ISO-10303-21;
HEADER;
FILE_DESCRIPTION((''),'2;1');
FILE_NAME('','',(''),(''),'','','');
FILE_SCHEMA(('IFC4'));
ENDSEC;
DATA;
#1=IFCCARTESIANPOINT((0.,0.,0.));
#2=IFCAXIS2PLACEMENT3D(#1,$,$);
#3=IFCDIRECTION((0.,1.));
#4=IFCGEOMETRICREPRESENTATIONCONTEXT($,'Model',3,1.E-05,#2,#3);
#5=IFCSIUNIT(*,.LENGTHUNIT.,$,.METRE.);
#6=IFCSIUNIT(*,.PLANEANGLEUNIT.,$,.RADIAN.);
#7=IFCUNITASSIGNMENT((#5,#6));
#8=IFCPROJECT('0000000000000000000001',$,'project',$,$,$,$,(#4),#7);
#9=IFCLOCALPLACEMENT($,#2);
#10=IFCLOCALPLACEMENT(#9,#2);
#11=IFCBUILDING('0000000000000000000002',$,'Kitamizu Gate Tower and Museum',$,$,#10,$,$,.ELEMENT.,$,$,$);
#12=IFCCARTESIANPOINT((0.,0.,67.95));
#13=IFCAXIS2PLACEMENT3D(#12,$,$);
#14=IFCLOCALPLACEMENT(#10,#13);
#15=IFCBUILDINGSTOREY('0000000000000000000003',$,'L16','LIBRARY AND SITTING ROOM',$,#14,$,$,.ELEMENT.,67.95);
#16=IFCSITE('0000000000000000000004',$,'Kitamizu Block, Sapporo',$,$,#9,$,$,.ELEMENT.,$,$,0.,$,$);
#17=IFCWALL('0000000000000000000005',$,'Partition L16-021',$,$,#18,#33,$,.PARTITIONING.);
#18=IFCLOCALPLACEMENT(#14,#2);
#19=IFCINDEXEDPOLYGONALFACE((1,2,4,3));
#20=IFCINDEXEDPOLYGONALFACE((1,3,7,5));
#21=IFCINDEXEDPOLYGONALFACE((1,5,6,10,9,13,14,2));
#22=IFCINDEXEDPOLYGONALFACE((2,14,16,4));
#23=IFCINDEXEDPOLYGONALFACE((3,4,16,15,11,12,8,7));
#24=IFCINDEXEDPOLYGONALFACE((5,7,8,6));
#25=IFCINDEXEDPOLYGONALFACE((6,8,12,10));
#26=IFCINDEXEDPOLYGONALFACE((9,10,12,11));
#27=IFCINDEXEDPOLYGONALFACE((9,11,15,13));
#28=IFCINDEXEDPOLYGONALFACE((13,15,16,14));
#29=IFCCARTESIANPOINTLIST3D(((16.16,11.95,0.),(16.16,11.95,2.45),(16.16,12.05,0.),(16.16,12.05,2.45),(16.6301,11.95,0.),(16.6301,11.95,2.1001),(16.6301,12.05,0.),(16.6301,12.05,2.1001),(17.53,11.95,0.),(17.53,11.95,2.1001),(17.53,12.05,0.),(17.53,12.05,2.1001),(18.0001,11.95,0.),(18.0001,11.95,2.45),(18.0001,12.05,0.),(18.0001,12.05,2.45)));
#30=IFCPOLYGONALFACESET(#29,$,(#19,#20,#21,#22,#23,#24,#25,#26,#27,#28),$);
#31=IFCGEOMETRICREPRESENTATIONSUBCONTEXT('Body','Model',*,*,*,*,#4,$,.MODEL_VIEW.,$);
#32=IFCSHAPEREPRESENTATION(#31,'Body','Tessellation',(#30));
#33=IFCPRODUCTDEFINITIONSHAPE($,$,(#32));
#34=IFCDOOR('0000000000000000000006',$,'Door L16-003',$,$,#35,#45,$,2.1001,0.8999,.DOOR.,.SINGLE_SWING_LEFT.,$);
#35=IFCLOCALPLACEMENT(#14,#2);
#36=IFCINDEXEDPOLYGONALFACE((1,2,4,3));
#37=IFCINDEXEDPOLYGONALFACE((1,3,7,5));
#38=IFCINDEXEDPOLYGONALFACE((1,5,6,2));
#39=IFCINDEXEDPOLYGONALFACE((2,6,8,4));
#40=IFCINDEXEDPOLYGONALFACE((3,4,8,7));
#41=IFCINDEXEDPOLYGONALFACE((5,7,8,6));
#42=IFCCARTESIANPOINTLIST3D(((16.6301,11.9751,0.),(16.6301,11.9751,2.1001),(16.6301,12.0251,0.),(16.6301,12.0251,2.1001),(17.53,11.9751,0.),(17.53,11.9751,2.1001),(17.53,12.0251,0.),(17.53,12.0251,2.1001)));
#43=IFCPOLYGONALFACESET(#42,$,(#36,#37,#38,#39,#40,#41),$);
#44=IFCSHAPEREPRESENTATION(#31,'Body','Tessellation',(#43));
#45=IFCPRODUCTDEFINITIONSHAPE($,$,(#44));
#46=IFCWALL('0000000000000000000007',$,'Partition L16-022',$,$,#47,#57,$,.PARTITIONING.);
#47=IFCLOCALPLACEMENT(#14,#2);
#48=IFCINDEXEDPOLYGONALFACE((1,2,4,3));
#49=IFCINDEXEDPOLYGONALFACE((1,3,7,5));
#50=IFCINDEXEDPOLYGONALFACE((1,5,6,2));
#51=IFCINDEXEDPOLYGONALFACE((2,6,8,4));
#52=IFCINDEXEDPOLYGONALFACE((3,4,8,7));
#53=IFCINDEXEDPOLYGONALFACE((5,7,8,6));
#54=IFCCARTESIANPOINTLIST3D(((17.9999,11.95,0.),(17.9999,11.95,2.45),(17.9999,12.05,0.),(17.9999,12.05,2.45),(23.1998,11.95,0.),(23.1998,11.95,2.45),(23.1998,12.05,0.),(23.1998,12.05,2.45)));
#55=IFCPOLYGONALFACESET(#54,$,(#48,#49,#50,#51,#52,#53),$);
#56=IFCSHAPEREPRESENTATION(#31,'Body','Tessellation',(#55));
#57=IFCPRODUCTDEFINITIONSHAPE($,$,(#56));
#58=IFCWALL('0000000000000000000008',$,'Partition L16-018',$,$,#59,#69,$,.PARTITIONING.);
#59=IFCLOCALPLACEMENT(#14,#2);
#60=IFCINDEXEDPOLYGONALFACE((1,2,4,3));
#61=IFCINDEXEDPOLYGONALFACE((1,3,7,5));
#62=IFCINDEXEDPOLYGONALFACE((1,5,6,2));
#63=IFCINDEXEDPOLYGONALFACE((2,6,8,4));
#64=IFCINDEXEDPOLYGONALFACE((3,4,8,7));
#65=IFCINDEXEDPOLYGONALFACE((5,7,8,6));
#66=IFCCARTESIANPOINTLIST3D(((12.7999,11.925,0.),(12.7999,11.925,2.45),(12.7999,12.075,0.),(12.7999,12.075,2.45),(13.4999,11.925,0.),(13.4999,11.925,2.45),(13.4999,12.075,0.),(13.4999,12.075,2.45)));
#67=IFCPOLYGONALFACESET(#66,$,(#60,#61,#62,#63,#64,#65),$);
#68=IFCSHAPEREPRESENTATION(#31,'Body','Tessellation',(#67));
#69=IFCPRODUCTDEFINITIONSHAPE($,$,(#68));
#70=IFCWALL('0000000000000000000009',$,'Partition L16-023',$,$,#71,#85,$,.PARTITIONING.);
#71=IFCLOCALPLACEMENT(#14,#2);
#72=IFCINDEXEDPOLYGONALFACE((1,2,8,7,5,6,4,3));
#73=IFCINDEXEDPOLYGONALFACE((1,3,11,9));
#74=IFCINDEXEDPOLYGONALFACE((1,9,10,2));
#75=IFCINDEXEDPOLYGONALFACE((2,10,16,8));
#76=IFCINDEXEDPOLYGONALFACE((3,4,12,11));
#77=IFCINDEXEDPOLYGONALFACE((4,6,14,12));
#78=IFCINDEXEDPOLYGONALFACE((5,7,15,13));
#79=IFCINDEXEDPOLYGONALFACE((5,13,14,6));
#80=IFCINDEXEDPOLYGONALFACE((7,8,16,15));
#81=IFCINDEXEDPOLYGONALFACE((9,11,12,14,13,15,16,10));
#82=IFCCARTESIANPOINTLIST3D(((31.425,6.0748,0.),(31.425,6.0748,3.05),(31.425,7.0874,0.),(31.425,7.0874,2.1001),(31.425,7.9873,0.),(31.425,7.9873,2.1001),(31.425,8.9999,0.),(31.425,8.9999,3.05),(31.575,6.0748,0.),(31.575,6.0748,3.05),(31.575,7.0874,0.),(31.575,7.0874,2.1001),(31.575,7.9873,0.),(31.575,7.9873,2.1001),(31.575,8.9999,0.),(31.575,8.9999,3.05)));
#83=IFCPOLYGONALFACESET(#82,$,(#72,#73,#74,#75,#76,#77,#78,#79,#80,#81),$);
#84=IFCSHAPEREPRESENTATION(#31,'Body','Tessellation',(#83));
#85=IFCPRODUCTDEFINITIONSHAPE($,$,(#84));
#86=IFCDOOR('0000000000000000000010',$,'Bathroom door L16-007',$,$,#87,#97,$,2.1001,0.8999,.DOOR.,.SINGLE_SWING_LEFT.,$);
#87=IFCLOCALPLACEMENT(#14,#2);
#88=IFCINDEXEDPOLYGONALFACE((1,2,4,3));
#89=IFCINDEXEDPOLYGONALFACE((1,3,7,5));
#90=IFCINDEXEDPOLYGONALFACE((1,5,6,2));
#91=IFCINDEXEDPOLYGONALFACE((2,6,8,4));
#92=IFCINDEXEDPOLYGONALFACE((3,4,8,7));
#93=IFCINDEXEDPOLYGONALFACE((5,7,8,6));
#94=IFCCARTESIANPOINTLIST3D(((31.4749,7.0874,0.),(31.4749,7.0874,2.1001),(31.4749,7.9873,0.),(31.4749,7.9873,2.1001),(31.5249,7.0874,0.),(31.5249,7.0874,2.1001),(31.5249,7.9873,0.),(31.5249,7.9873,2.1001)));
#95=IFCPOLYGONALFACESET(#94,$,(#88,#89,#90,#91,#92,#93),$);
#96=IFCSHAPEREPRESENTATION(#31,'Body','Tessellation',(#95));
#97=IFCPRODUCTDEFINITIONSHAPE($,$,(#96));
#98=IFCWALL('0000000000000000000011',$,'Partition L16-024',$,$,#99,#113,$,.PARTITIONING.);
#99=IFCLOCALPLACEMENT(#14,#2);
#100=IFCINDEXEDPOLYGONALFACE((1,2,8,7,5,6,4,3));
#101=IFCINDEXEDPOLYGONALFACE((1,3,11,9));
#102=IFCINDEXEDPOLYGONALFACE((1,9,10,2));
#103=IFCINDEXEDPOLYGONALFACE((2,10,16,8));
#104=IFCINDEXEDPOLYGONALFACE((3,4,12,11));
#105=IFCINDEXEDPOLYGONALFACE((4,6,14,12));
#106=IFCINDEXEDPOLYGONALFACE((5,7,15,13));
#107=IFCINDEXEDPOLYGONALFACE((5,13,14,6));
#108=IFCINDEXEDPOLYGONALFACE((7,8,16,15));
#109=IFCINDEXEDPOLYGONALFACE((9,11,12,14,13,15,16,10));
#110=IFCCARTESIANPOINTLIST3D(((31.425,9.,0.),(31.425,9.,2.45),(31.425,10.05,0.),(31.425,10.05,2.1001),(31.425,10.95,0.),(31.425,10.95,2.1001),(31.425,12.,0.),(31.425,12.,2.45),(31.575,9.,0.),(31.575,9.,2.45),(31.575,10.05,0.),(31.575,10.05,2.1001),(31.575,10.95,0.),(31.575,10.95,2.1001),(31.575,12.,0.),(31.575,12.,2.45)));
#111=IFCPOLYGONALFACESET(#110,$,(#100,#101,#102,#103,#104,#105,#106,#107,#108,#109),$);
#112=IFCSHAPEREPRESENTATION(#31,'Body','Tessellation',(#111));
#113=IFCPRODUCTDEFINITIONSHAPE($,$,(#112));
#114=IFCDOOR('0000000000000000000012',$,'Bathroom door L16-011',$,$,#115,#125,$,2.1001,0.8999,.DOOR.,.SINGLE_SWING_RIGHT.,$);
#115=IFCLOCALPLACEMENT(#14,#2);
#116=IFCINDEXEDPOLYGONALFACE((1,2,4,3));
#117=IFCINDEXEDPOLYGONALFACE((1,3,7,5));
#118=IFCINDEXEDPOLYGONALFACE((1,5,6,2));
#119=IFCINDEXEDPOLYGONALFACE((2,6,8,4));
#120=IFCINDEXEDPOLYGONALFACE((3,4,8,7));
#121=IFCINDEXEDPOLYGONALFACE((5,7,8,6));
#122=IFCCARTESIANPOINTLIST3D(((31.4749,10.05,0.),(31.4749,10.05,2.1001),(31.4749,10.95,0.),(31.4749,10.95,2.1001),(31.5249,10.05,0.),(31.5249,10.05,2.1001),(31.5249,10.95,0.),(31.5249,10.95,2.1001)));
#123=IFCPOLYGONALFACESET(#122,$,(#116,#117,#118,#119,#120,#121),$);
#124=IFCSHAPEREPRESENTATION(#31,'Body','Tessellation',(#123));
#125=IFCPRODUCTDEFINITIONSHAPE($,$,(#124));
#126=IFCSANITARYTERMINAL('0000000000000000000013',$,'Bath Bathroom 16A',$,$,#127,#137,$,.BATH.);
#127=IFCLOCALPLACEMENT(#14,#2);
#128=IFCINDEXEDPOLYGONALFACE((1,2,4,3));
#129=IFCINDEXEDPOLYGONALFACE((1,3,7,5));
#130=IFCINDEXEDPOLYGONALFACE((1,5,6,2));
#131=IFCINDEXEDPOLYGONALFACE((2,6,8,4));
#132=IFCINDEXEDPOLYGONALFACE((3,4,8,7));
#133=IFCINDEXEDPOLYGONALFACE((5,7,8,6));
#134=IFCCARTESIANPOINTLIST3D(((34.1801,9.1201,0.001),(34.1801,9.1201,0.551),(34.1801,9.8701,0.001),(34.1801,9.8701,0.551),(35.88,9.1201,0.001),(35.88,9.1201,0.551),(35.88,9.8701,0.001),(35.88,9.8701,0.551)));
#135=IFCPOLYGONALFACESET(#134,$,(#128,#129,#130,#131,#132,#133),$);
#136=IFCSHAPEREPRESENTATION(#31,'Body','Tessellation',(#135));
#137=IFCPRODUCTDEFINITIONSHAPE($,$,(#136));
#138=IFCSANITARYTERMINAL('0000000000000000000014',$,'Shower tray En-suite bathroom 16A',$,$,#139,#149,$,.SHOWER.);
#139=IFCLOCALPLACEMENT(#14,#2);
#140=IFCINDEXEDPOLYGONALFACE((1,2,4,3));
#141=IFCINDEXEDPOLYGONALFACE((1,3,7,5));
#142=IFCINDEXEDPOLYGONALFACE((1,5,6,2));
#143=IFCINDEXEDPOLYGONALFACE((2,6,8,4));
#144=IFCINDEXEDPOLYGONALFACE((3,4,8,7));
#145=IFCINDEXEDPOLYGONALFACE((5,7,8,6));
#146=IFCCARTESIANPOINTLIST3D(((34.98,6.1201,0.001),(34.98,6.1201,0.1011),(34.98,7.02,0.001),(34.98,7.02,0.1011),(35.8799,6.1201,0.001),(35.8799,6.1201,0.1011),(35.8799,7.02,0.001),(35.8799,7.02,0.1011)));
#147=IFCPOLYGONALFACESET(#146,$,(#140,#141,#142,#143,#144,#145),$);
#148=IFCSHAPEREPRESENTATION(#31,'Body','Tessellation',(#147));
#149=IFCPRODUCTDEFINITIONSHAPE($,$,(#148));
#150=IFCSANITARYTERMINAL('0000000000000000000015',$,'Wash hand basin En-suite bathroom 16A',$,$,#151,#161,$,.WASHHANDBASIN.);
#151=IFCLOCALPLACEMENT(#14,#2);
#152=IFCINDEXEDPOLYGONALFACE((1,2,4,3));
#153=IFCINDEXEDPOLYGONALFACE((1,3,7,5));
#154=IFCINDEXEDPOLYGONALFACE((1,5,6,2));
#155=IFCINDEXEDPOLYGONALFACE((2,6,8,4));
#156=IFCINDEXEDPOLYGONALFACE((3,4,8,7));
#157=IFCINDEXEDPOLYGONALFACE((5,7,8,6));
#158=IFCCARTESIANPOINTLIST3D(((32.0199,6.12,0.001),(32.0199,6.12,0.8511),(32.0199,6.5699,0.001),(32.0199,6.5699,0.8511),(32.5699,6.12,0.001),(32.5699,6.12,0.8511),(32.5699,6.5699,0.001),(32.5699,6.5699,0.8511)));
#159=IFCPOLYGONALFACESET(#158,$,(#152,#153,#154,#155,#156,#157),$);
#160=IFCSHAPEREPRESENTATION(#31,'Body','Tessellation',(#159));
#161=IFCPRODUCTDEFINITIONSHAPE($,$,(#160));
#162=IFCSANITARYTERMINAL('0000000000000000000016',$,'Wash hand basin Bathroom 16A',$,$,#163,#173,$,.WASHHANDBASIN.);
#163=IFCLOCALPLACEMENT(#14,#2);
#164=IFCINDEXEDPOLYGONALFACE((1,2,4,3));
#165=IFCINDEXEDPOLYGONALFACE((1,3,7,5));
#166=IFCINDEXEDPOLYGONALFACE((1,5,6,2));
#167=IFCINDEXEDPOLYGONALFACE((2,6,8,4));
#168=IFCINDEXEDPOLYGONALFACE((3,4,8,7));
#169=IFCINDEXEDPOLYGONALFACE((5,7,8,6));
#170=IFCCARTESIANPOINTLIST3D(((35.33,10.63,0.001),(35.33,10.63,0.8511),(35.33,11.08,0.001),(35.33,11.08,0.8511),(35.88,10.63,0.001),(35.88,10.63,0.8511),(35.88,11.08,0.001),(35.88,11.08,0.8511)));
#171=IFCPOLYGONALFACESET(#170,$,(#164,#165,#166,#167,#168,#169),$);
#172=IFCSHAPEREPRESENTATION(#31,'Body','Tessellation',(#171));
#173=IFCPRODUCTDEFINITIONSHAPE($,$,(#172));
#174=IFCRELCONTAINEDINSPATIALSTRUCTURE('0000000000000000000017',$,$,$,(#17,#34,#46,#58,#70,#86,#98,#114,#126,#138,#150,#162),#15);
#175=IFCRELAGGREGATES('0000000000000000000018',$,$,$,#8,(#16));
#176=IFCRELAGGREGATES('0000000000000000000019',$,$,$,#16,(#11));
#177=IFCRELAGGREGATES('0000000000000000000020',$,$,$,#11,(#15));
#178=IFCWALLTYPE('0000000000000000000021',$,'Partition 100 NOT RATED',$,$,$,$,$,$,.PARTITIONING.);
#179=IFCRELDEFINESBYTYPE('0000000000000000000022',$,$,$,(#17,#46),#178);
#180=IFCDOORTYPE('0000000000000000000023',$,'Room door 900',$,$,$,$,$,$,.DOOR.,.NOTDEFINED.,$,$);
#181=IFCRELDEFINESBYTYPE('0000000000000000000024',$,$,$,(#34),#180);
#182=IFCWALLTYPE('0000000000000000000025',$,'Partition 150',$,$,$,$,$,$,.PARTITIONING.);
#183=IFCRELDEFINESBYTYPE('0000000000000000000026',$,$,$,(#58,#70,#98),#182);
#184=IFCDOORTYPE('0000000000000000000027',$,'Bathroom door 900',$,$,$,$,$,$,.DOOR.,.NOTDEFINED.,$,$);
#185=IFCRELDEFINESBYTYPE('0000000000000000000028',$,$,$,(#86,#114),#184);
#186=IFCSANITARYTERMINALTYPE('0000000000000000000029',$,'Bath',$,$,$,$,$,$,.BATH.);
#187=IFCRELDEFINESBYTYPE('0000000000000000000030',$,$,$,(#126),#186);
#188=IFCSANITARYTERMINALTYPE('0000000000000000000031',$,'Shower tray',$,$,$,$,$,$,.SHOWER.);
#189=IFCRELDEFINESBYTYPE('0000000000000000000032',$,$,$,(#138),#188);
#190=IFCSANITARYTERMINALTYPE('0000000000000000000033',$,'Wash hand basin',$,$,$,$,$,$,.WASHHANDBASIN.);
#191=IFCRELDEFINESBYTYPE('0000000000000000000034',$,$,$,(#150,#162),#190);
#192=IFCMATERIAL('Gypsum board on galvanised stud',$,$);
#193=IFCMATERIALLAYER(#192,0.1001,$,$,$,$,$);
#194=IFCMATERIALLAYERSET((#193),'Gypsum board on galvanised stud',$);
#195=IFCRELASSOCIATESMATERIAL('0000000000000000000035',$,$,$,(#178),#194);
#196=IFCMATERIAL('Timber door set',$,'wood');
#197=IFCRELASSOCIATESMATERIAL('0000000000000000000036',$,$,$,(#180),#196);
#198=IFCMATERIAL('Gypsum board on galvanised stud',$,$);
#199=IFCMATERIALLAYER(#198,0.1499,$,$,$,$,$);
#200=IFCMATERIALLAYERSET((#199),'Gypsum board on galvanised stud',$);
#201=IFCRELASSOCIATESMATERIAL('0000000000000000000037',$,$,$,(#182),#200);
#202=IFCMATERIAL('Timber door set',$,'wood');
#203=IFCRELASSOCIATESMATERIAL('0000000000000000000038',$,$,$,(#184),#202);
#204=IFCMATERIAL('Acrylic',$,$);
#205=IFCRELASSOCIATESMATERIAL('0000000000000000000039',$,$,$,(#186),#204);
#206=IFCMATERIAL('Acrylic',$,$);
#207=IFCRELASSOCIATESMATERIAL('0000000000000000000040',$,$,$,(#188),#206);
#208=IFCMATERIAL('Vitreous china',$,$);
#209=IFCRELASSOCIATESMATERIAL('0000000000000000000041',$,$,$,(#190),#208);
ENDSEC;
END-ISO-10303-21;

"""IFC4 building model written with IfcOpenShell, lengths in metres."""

from ifc_helpers import new_model, si_unit, direction, frame, frame_2d, origin, origin_2d, place, context, subcontext, project, spatial, rectangle, extrude, material, layer, layer_set, type_object, element, fill, save


model = new_model("IFC4")

# Units and contexts
model_context = context("Model", 3, precision=1e-05, world=origin(), true_north=direction((0.0, 1.0)))
body_context = subcontext(model_context, "Body", "Model", "MODEL_VIEW")
ifc_project = project(units=[si_unit("LENGTHUNIT", "METRE"), si_unit("PLANEANGLEUNIT", "RADIAN")], contexts=[model_context])

# Site, building, storey
site_placement = place(None, origin())
site = spatial("IfcSite", under=ifc_project, at=site_placement, Name="Kitamizu Block, Sapporo", CompositionType="ELEMENT", RefElevation=0.0)
building_placement = place(site_placement, origin())
building = spatial("IfcBuilding", under=site, at=building_placement, Name="Kitamizu Gate Tower and Museum", CompositionType="ELEMENT")
storey_placement = place(building_placement, frame((0.0, 0.0, 67.95)))
storey = spatial("IfcBuildingStorey", under=building, at=storey_placement, Name="L16", Description="LIBRARY AND SITTING ROOM", CompositionType="ELEMENT", Elevation=67.95)

# Shared definitions
ifc_material_1 = material(Name="Gypsum board on galvanised stud")
ifc_layer_1 = layer(ifc_material_1, 0.1001)
ifc_layer_set_1 = layer_set([ifc_layer_1], Name="Gypsum board on galvanised stud")
wall_type_1 = type_object("IfcWallType", Name="Partition 100 NOT RATED", PredefinedType="PARTITIONING", material=ifc_layer_set_1)
ifc_material_2 = material(Name="Timber door set", Category="wood")
door_type_1 = type_object("IfcDoorType", Name="Room door 900", OperationType="NOTDEFINED", PredefinedType="DOOR", material=ifc_material_2)

# Wall, opening, door
wall_1_placement = place(storey_placement, frame((18.0, 12.0, 0.0), z_axis=(0.0, 0.0, 1.0), x_axis=(-1.0, 0.0, 0.0)))
wall_1 = element("IfcWall", 1, at=wall_1_placement, inside=storey, type_object=wall_type_1, Name="Partition L16-021", PredefinedType="PARTITIONING", context=body_context, shape_type="SweptSolid", body=[
    extrude(rectangle(XDim=1.8401, YDim=0.1001, at=frame_2d((0.9199, 0.0))), origin(), (0.0, 0.0, 1.0), 2.45),
])
opening_1_placement = place(wall_1_placement, frame((0.47, 0.0, 0.0)))
opening_1 = element("IfcOpeningElement", 2, at=opening_1_placement, cuts=wall_1, PredefinedType="OPENING", context=body_context, shape_type="SweptSolid", body=[
    extrude(rectangle(XDim=0.8999, YDim=2.1001, at=frame_2d((0.45, 1.05))), frame((0.0, 0.0601, 0.0), z_axis=(0.0, -1.0, 0.0), x_axis=(1.0, 0.0, 0.0)), (0.0, 0.0, 1.0), 0.1201),
])
door_1_placement = place(opening_1_placement, origin())
door_1 = element("IfcDoor", 3, at=door_1_placement, inside=storey, type_object=door_type_1, Name="Door L16-003", OperationType="SINGLE_SWING_LEFT", OverallHeight=2.1001, OverallWidth=0.8999, PredefinedType="DOOR", context=body_context, shape_type="SweptSolid", body=[
    extrude(rectangle(XDim=0.8999, YDim=2.1001, at=frame_2d((0.45, 1.05))), frame((0.0, 0.0249, 0.0), z_axis=(0.0, -1.0, 0.0), x_axis=(1.0, 0.0, 0.0)), (0.0, 0.0, 1.0), 0.05),
])
fill(opening_1, door_1)

# Walls
wall_2_placement = place(storey_placement, frame((23.2, 12.0, 0.0), z_axis=(0.0, 0.0, 1.0), x_axis=(-1.0, 0.0, 0.0)))
element("IfcWall", 4, at=wall_2_placement, inside=storey, type_object=wall_type_1, Name="Partition L16-022", PredefinedType="PARTITIONING", context=body_context, shape_type="SweptSolid", body=[
    extrude(rectangle(XDim=5.2, YDim=0.1001, at=frame_2d((2.6001, 0.0))), origin(), (0.0, 0.0, 1.0), 2.45),
])
ifc_material_3 = material(Name="Gypsum board on galvanised stud")
ifc_layer_2 = layer(ifc_material_3, 0.1499)
ifc_layer_set_2 = layer_set([ifc_layer_2], Name="Gypsum board on galvanised stud")
wall_type_2 = type_object("IfcWallType", Name="Partition 150", PredefinedType="PARTITIONING", material=ifc_layer_set_2)
wall_3_placement = place(storey_placement, frame((13.5, 12.0, 0.0), z_axis=(0.0, 0.0, 1.0), x_axis=(-1.0, 0.0, 0.0)))
element("IfcWall", 5, at=wall_3_placement, inside=storey, type_object=wall_type_2, Name="Partition L16-018", PredefinedType="PARTITIONING", context=body_context, shape_type="SweptSolid", body=[
    extrude(rectangle(XDim=0.7, YDim=0.1499, at=frame_2d((0.3501, 0.0))), origin(), (0.0, 0.0, 1.0), 2.45),
])

# Walls, openings, doors
wall_4_placement = place(storey_placement, frame((31.5, 6.075, 0.0), z_axis=(0.0, 0.0, 1.0), x_axis=(0.0, 1.0, 0.0)))
wall_4 = element("IfcWall", 6, at=wall_4_placement, inside=storey, type_object=wall_type_2, Name="Partition L16-023", PredefinedType="PARTITIONING", context=body_context, shape_type="SweptSolid", body=[
    extrude(rectangle(XDim=2.925, YDim=0.1499, at=frame_2d((1.4624, 0.0))), origin(), (0.0, 0.0, 1.0), 3.05),
])
opening_2_placement = place(wall_4_placement, frame((1.0125, 0.0, 0.0)))
opening_2 = element("IfcOpeningElement", 7, at=opening_2_placement, cuts=wall_4, PredefinedType="OPENING", context=body_context, shape_type="SweptSolid", body=[
    extrude(rectangle(XDim=0.8999, YDim=2.1001, at=frame_2d((0.45, 1.05))), frame((0.0, 0.085, 0.0), z_axis=(0.0, -1.0, 0.0), x_axis=(1.0, 0.0, 0.0)), (0.0, 0.0, 1.0), 0.1699),
])
ifc_material_4 = material(Name="Timber door set", Category="wood")
door_type_2 = type_object("IfcDoorType", Name="Bathroom door 900", OperationType="NOTDEFINED", PredefinedType="DOOR", material=ifc_material_4)
door_2_placement = place(opening_2_placement, frame((0.8999, 0.0, 0.0), x_axis=(-1.0, 0.0, 0.0)))
door_2 = element("IfcDoor", 8, at=door_2_placement, inside=storey, type_object=door_type_2, Name="Bathroom door L16-007", OperationType="SINGLE_SWING_LEFT", OverallHeight=2.1001, OverallWidth=0.8999, PredefinedType="DOOR", context=body_context, shape_type="SweptSolid", body=[
    extrude(rectangle(XDim=0.8999, YDim=2.1001, at=frame_2d((0.45, 1.05))), frame((0.0, 0.0249, 0.0), z_axis=(0.0, -1.0, 0.0), x_axis=(1.0, 0.0, 0.0)), (0.0, 0.0, 1.0), 0.05),
])
fill(opening_2, door_2)
wall_5_placement = place(storey_placement, frame((31.5, 9.0, 0.0), z_axis=(0.0, 0.0, 1.0), x_axis=(0.0, 1.0, 0.0)))
wall_5 = element("IfcWall", 9, at=wall_5_placement, inside=storey, type_object=wall_type_2, Name="Partition L16-024", PredefinedType="PARTITIONING", context=body_context, shape_type="SweptSolid", body=[
    extrude(rectangle(XDim=3.0, YDim=0.1499, at=frame_2d((1.5, 0.0))), origin(), (0.0, 0.0, 1.0), 2.45),
])
opening_3_placement = place(wall_5_placement, frame((1.05, 0.0, 0.0)))
opening_3 = element("IfcOpeningElement", 10, at=opening_3_placement, cuts=wall_5, PredefinedType="OPENING", context=body_context, shape_type="SweptSolid", body=[
    extrude(rectangle(XDim=0.8999, YDim=2.1001, at=frame_2d((0.45, 1.05))), frame((0.0, 0.085, 0.0), z_axis=(0.0, -1.0, 0.0), x_axis=(1.0, 0.0, 0.0)), (0.0, 0.0, 1.0), 0.1699),
])
door_3_placement = place(opening_3_placement, frame((0.8999, 0.0, 0.0), x_axis=(-1.0, 0.0, 0.0)))
door_3 = element("IfcDoor", 11, at=door_3_placement, inside=storey, type_object=door_type_2, Name="Bathroom door L16-011", OperationType="SINGLE_SWING_RIGHT", OverallHeight=2.1001, OverallWidth=0.8999, PredefinedType="DOOR", context=body_context, shape_type="SweptSolid", body=[
    extrude(rectangle(XDim=0.8999, YDim=2.1001, at=frame_2d((0.45, 1.05))), frame((0.0, 0.0249, 0.0), z_axis=(0.0, -1.0, 0.0), x_axis=(1.0, 0.0, 0.0)), (0.0, 0.0, 1.0), 0.05),
])
fill(opening_3, door_3)

# Sanitary terminals
ifc_material_5 = material(Name="Acrylic")
sanitary_terminal_type_1 = type_object("IfcSanitaryTerminalType", Name="Bath", PredefinedType="BATH", material=ifc_material_5)
sanitary_terminal_1_placement = place(storey_placement, frame((35.03, 9.4951, 0.001), z_axis=(0.0, 0.0, 1.0), x_axis=(1.0, 0.0, 0.0)))
element("IfcSanitaryTerminal", 12, at=sanitary_terminal_1_placement, inside=storey, type_object=sanitary_terminal_type_1, Name="Bath Bathroom 16A", PredefinedType="BATH", context=body_context, shape_type="SweptSolid", body=[
    extrude(rectangle(XDim=1.7, YDim=0.75, at=origin_2d()), origin(), (0.0, 0.0, 1.0), 0.55),
])
ifc_material_6 = material(Name="Acrylic")
sanitary_terminal_type_2 = type_object("IfcSanitaryTerminalType", Name="Shower tray", PredefinedType="SHOWER", material=ifc_material_6)
sanitary_terminal_2_placement = place(storey_placement, frame((35.4299, 6.5701, 0.001), z_axis=(0.0, 0.0, 1.0), x_axis=(1.0, 0.0, 0.0)))
element("IfcSanitaryTerminal", 13, at=sanitary_terminal_2_placement, inside=storey, type_object=sanitary_terminal_type_2, Name="Shower tray En-suite bathroom 16A", PredefinedType="SHOWER", context=body_context, shape_type="SweptSolid", body=[
    extrude(rectangle(XDim=0.8999, YDim=0.8999, at=origin_2d()), origin(), (0.0, 0.0, 1.0), 0.1001),
])
ifc_material_7 = material(Name="Vitreous china")
sanitary_terminal_type_3 = type_object("IfcSanitaryTerminalType", Name="Wash hand basin", PredefinedType="WASHHANDBASIN", material=ifc_material_7)
for number, where, z_axis, x_axis, name in (
    (14, (32.2949, 6.345, 0.001), (0.0, 0.0, 1.0), (1.0, 0.0, 0.0), "Wash hand basin En-suite bathroom 16A"),
    (15, (35.605, 10.855, 0.001), (0.0, 0.0, 1.0), (1.0, 0.0, 0.0), "Wash hand basin Bathroom 16A"),
):
    element("IfcSanitaryTerminal", number, at=place(storey_placement, frame(where, z_axis=z_axis, x_axis=x_axis)), inside=storey, type_object=sanitary_terminal_type_3, Name=name, PredefinedType="WASHHANDBASIN", context=body_context, shape_type="SweptSolid", body=[
        extrude(rectangle(XDim=0.55, YDim=0.45, at=origin_2d()), origin(), (0.0, 0.0, 1.0), 0.8501),
    ])

save(model, "model.ifc")
